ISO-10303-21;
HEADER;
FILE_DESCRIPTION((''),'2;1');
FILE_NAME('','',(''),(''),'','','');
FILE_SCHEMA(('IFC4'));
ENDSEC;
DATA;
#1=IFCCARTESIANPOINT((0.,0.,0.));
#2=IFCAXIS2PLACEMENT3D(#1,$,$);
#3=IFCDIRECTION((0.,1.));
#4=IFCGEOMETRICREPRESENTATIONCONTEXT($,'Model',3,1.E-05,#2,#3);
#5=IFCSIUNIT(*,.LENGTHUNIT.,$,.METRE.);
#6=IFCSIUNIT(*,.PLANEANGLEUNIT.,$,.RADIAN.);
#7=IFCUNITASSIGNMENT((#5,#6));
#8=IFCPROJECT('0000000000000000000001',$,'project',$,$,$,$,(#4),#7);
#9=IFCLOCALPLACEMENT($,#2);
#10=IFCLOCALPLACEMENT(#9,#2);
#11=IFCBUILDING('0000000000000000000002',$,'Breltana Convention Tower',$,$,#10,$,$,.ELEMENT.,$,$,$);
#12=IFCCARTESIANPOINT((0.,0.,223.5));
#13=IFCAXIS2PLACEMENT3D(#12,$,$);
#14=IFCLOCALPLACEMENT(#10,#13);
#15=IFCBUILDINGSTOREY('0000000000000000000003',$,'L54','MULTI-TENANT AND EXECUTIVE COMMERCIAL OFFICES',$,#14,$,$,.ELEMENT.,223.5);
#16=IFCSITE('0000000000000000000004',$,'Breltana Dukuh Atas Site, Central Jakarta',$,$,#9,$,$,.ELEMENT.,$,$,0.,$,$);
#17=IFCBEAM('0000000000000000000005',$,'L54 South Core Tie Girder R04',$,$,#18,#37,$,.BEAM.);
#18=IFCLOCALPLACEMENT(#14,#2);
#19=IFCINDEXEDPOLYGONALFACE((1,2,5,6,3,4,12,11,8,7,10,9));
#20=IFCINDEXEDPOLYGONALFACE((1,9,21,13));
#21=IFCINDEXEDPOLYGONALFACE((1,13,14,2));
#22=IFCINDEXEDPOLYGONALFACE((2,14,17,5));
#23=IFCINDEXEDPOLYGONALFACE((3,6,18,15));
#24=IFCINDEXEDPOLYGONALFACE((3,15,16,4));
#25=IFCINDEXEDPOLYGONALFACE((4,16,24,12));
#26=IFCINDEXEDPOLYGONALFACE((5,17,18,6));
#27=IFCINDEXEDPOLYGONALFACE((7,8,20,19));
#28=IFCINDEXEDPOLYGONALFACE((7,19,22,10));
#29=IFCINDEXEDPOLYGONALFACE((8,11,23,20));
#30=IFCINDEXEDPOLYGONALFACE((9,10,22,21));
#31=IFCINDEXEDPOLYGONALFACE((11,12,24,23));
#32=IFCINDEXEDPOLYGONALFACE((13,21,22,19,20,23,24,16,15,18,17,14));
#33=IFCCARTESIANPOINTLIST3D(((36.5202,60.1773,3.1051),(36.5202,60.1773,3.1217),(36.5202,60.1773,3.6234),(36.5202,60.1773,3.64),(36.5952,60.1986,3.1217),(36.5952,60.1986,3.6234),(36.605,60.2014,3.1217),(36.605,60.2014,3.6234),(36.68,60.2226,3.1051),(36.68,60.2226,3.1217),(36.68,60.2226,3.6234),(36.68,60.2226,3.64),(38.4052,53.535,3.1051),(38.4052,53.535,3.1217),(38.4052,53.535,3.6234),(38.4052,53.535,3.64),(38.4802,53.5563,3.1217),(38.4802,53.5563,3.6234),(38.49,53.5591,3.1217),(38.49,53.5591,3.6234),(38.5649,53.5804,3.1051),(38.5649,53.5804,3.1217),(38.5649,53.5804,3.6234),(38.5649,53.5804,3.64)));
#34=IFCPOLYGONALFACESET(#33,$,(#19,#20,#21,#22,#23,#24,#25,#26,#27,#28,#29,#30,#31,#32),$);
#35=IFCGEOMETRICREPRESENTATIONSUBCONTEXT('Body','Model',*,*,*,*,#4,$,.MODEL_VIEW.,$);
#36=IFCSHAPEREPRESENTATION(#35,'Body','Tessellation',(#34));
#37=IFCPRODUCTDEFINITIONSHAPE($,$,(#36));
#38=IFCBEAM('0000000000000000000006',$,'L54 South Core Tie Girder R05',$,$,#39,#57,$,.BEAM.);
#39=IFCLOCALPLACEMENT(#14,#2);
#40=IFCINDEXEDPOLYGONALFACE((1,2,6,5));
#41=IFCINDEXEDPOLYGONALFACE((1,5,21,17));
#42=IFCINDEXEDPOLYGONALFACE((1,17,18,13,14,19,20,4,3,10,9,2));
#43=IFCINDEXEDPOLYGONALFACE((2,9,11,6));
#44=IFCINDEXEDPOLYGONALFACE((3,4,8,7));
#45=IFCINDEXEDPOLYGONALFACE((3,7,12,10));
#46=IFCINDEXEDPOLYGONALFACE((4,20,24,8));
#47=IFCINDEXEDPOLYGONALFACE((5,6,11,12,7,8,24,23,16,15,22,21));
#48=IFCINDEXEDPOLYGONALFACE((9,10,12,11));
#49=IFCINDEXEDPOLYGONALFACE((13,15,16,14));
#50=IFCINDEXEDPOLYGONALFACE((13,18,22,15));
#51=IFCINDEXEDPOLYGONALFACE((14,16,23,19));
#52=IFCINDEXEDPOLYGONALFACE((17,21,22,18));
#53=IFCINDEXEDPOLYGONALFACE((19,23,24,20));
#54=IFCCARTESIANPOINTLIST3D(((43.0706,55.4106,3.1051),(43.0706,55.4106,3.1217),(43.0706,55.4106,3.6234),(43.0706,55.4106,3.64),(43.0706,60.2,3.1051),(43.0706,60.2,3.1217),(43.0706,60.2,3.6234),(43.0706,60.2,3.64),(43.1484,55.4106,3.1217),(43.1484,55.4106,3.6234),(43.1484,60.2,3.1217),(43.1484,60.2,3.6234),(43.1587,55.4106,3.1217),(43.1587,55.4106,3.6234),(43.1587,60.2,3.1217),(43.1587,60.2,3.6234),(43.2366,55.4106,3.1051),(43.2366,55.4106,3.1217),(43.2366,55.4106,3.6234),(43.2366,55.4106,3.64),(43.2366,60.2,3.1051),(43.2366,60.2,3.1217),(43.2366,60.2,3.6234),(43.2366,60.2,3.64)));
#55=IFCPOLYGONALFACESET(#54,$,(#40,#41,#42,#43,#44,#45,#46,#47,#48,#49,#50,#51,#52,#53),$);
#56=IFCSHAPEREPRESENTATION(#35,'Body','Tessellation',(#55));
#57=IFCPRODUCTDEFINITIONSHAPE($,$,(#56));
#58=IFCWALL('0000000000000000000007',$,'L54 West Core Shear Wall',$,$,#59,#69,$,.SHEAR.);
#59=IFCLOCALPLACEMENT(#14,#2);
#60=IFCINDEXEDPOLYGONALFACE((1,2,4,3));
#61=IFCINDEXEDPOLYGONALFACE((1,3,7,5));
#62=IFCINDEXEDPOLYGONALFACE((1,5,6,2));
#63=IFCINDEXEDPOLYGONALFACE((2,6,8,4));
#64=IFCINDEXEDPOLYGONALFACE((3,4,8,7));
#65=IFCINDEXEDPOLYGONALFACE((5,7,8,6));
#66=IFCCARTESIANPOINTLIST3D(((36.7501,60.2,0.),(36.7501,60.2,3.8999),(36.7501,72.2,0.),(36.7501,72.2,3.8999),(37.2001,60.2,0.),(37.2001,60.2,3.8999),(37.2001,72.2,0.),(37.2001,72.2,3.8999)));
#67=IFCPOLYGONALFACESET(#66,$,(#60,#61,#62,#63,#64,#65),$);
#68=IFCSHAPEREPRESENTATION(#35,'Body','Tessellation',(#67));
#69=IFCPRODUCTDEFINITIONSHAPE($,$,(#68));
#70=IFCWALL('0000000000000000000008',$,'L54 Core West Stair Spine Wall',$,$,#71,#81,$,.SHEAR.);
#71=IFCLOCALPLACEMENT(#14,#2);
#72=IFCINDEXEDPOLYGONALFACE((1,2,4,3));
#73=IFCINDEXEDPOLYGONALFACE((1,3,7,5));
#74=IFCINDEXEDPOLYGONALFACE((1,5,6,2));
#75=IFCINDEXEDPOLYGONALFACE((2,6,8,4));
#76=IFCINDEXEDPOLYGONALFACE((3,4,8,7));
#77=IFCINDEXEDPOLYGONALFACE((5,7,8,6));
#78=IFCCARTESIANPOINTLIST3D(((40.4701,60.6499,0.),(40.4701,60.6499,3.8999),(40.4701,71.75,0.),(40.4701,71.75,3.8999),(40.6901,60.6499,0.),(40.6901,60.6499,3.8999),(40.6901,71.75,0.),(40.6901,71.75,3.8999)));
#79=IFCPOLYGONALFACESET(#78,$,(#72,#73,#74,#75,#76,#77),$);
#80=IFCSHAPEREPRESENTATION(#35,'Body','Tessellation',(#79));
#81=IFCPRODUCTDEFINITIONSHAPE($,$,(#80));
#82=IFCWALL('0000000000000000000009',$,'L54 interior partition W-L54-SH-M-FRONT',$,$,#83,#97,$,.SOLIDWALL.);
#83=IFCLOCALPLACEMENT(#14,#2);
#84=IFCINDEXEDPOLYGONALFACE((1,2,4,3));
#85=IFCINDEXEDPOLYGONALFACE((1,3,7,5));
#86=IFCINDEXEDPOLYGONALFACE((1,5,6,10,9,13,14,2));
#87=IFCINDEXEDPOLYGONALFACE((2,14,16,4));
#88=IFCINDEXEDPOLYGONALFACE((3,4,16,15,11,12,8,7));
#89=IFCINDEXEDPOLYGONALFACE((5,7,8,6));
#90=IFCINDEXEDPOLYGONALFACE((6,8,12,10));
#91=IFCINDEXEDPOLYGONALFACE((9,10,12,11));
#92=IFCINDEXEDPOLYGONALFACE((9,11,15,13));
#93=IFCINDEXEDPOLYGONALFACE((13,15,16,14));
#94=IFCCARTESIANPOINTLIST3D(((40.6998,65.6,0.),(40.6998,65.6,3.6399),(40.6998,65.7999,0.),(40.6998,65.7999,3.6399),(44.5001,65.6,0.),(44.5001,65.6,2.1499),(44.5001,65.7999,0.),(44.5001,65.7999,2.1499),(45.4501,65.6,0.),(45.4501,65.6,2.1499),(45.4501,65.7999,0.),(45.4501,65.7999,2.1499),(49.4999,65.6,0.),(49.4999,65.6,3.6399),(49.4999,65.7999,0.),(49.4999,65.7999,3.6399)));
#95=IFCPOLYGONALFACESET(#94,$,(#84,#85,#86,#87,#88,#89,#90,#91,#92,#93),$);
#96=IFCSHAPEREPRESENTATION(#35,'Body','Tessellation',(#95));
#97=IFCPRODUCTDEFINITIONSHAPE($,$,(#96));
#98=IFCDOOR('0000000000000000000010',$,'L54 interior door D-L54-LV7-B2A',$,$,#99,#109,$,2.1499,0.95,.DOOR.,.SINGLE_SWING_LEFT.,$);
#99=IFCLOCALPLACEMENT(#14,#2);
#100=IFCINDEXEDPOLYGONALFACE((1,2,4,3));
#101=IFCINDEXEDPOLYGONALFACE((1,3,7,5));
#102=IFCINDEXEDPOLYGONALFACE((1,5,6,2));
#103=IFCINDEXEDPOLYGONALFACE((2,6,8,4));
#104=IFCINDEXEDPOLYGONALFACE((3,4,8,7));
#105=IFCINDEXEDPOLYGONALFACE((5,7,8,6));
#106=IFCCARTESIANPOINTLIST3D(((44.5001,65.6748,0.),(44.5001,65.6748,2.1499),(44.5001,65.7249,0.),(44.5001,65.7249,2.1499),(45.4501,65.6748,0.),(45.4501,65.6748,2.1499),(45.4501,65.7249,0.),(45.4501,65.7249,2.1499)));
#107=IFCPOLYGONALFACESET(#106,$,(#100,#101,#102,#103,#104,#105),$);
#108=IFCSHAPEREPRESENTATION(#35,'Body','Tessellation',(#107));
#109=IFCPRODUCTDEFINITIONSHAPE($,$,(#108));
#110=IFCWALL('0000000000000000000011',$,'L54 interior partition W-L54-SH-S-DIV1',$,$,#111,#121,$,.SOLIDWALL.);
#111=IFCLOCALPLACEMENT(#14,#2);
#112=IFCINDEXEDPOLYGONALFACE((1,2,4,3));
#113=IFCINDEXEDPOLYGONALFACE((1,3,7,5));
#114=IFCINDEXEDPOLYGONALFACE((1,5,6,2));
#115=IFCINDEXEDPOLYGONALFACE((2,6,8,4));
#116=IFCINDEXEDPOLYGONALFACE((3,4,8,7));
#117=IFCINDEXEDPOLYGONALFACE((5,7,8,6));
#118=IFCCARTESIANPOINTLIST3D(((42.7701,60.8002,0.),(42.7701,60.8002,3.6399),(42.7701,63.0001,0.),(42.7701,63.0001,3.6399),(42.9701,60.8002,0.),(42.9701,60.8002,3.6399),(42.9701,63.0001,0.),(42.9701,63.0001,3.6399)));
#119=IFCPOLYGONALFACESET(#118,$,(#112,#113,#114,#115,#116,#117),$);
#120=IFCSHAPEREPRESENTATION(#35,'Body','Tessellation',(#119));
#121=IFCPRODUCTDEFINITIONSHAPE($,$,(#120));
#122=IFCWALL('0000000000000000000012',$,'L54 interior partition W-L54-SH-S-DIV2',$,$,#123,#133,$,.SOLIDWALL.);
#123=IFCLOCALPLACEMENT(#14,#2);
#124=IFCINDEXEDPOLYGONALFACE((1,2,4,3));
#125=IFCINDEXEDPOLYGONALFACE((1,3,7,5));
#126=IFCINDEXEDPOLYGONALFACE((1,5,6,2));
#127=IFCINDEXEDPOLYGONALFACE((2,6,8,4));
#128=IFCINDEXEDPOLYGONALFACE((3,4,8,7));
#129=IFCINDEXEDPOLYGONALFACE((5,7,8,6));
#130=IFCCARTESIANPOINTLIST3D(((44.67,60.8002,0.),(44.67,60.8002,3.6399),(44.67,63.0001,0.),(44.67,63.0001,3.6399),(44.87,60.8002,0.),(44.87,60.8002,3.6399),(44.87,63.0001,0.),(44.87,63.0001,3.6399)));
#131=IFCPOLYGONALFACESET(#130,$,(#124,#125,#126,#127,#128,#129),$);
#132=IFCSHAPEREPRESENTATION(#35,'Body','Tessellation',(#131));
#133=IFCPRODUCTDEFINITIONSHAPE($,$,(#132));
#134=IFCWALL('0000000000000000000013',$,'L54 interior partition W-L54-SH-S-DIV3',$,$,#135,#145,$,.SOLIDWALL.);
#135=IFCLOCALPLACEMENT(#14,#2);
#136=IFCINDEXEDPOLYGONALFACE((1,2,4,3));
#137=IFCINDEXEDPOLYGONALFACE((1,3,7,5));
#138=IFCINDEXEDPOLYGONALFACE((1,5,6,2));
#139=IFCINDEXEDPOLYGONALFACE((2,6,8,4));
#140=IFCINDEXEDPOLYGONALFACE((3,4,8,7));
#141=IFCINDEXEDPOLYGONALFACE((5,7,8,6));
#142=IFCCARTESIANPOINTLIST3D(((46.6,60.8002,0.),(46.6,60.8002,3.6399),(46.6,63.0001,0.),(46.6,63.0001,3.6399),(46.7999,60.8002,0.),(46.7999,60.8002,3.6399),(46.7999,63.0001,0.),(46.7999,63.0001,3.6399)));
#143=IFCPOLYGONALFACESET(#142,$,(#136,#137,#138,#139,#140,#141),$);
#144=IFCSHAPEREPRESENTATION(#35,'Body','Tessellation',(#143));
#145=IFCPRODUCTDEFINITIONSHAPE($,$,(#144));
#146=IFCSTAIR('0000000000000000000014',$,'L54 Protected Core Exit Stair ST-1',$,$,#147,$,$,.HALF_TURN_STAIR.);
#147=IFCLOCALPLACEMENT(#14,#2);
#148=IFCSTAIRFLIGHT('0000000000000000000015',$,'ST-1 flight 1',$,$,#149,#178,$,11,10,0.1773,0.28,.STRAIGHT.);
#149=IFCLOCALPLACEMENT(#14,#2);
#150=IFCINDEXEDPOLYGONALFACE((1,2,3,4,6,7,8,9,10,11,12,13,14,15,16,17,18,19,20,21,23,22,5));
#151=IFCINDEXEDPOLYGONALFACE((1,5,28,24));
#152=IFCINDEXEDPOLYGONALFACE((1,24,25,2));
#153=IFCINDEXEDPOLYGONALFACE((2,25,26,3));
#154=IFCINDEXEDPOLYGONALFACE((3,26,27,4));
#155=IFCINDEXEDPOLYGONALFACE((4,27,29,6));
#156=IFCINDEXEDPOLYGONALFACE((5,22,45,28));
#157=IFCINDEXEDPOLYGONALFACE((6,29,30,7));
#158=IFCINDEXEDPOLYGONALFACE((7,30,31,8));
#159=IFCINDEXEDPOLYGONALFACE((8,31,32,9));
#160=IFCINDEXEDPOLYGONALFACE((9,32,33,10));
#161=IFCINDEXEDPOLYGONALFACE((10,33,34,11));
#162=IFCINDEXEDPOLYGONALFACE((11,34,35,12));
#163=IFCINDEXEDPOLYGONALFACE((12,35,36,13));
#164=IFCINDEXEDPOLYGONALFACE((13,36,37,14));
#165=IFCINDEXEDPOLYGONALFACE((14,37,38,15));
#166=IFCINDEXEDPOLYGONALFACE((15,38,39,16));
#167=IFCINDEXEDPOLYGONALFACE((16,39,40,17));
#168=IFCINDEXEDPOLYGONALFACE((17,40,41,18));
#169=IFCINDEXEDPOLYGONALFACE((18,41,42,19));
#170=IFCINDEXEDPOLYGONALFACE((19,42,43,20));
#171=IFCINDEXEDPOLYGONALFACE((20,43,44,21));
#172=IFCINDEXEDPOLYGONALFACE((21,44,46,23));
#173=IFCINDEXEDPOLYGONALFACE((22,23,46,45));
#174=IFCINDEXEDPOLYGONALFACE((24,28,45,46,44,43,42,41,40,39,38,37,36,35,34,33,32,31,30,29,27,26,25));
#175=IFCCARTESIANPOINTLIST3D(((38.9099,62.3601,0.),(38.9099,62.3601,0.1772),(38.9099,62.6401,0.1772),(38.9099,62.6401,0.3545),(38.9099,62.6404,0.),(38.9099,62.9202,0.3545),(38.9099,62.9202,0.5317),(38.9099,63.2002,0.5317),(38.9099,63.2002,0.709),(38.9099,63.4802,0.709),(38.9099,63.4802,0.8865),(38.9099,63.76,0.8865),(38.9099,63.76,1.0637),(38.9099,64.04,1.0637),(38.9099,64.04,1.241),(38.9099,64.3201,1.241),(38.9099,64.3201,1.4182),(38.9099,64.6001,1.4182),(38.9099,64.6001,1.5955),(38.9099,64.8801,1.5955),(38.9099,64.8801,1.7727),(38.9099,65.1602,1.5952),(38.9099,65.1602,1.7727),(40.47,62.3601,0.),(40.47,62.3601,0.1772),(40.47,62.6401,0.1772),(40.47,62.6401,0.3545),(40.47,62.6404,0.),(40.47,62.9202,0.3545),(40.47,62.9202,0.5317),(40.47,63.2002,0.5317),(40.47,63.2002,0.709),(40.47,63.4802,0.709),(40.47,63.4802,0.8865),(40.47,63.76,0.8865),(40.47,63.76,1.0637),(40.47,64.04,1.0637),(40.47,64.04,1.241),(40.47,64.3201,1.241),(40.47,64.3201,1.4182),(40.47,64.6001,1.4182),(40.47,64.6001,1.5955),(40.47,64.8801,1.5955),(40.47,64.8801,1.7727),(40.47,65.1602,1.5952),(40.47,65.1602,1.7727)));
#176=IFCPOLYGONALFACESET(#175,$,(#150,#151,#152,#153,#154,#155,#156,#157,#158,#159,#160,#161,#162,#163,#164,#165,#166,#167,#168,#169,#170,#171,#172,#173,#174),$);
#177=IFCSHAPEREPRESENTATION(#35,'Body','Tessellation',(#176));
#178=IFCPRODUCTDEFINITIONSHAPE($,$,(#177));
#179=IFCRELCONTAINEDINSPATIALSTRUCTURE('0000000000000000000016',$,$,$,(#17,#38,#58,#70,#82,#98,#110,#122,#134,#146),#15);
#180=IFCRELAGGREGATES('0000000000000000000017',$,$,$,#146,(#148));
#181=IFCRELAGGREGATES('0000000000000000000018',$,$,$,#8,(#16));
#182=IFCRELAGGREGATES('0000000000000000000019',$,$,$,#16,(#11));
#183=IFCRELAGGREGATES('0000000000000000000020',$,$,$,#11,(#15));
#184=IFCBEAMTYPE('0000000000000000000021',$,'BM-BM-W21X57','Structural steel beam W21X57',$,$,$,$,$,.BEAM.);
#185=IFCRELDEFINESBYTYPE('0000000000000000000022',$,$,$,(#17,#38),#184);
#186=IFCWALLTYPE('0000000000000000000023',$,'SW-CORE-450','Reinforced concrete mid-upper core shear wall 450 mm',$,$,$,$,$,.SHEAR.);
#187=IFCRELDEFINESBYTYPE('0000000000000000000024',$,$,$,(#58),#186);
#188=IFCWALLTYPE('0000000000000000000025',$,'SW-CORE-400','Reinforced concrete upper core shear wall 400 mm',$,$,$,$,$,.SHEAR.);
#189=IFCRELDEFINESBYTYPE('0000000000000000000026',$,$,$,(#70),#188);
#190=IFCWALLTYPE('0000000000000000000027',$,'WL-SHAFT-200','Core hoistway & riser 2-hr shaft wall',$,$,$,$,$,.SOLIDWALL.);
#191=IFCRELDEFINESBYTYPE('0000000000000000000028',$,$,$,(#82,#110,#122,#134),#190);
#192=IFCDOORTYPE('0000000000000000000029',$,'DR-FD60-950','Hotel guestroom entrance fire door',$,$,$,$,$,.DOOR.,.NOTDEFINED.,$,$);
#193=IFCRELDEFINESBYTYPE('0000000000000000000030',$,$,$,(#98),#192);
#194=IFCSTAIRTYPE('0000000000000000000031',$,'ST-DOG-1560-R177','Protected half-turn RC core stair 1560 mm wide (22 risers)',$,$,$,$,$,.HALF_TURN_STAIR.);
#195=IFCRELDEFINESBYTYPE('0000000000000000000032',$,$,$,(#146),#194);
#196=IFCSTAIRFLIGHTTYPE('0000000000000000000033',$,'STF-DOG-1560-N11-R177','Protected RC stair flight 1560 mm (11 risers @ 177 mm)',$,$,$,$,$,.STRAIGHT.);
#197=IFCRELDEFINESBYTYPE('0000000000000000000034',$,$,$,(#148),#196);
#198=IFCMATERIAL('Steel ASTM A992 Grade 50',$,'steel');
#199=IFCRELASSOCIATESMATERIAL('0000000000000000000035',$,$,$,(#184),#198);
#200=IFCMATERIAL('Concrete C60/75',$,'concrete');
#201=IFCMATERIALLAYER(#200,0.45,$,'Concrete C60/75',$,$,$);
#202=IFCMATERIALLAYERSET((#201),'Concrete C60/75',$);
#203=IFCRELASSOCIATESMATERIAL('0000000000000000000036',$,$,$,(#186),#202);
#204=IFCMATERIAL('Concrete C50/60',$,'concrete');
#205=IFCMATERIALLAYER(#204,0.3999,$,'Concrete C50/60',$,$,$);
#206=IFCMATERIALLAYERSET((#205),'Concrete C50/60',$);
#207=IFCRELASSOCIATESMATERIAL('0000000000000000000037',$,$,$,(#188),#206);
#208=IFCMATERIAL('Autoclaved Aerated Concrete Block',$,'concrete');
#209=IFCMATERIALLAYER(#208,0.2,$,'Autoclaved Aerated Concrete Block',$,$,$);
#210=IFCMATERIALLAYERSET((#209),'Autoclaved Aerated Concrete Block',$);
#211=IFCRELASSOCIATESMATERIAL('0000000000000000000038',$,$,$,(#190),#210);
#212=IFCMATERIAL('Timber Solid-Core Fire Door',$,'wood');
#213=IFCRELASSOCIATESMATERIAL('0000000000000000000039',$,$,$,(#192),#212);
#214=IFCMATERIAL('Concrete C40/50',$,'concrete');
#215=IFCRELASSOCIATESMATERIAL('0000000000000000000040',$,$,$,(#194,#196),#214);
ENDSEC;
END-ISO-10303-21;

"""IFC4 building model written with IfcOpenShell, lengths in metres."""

from ifc_helpers import new_model, si_unit, direction, frame, frame_2d, origin, origin_2d, place, context, subcontext, project, spatial, polyline, rectangle, i_section, outline, extrude, source, transform, mapped, material, layer, layer_set, material_profile, profile_set, type_object, type_shapes, element, fill, aggregate, save


model = new_model("IFC4")

# Units and contexts
model_context = context("Model", 3, precision=1e-05, world=origin(), true_north=direction((0.0, 1.0)))
body_context = subcontext(model_context, "Body", "Model", "MODEL_VIEW")
ifc_project = project(units=[si_unit("LENGTHUNIT", "METRE"), si_unit("PLANEANGLEUNIT", "RADIAN")], contexts=[model_context])

# Site, building, storey
site_placement = place(None, origin())
site = spatial("IfcSite", under=ifc_project, at=site_placement, Name="Breltana Dukuh Atas Site, Central Jakarta", CompositionType="ELEMENT", RefElevation=0.0)
building_placement = place(site_placement, origin())
building = spatial("IfcBuilding", under=site, at=building_placement, Name="Breltana Convention Tower", CompositionType="ELEMENT")
storey_placement = place(building_placement, frame((0.0, 0.0, 223.5)))
storey = spatial("IfcBuildingStorey", under=building, at=storey_placement, Name="L54", Description="MULTI-TENANT AND EXECUTIVE COMMERCIAL OFFICES", CompositionType="ELEMENT", Elevation=223.5)

# Beams
ifc_material_1 = material(Name="Steel ASTM A992 Grade 50", Category="steel")
ifc_material_profile = material_profile(ifc_material_1, i_section(OverallWidth=0.166, OverallDepth=0.5349, WebThickness=0.0103, FlangeThickness=0.0166, at=origin_2d()), Name="W21X57")
ifc_profile_set = profile_set([ifc_material_profile], Name="Steel ASTM A992 Grade 50")
beam_type = type_object("IfcBeamType", Name="BM-BM-W21X57", Description="Structural steel beam W21X57", PredefinedType="BEAM", material=ifc_profile_set)
shared_shape_1 = source(origin(), body_context, "Body", "SweptSolid", [
    extrude(i_section(OverallWidth=0.166, OverallDepth=0.5349, WebThickness=0.0103, FlangeThickness=0.0166, at=origin_2d()), origin(), (0.0, 0.0, 1.0), 6.9045),
])
type_shapes(beam_type, [shared_shape_1])
beam_1_placement = place(storey_placement, frame((36.6001, 60.2, 3.3726), z_axis=(0.273007, -0.962012, 0.0), x_axis=(0.962012, 0.273007, 0.0)))
element("IfcBeam", 1, at=beam_1_placement, inside=storey, type_object=beam_type, Name="L54 South Core Tie Girder R04", PredefinedType="BEAM", context=body_context, shape_type="MappedRepresentation", body=[
    mapped(shared_shape_1, transform((0.0, 0.0, 0.0), scale=1.0)),
])
shared_shape_2 = source(origin(), body_context, "Body", "SweptSolid", [
    extrude(i_section(OverallWidth=0.166, OverallDepth=0.5349, WebThickness=0.0103, FlangeThickness=0.0166, at=origin_2d()), origin(), (0.0, 0.0, 1.0), 4.7893),
])
beam_2_placement = place(storey_placement, frame((43.1536, 60.2, 3.3726), z_axis=(0.0, -1.0, 0.0), x_axis=(1.0, 0.0, 0.0)))
element("IfcBeam", 2, at=beam_2_placement, inside=storey, type_object=beam_type, Name="L54 South Core Tie Girder R05", PredefinedType="BEAM", context=body_context, shape_type="MappedRepresentation", body=[
    mapped(shared_shape_2, transform((0.0, 0.0, 0.0), scale=1.0)),
])

# Wall
ifc_material_2 = material(Name="Concrete C60/75", Category="concrete")
ifc_layer_1 = layer(ifc_material_2, 0.45, Name="Concrete C60/75")
ifc_layer_set_1 = layer_set([ifc_layer_1], Name="Concrete C60/75")
wall_type_1 = type_object("IfcWallType", Name="SW-CORE-450", Description="Reinforced concrete mid-upper core shear wall 450 mm", PredefinedType="SHEAR", material=ifc_layer_set_1)
shared_shape_3 = source(origin(), body_context, "Body", "SweptSolid", [
    extrude(rectangle(XDim=12.0, YDim=0.45, at=frame_2d((6.0, 0.0))), origin(), (0.0, 0.0, 1.0), 3.8999),
])
wall_1_placement = place(storey_placement, frame((36.9751, 60.2, 0.0), z_axis=(0.0, 0.0, 1.0), x_axis=(0.0, 1.0, 0.0)))
element("IfcWall", 3, at=wall_1_placement, inside=storey, type_object=wall_type_1, Name="L54 West Core Shear Wall", PredefinedType="SHEAR", context=body_context, shape_type="MappedRepresentation", body=[
    mapped(shared_shape_3, transform((0.0, 0.0, 0.0), scale=1.0)),
])

# Wall
ifc_material_3 = material(Name="Concrete C50/60", Category="concrete")
ifc_layer_2 = layer(ifc_material_3, 0.3999, Name="Concrete C50/60")
ifc_layer_set_2 = layer_set([ifc_layer_2], Name="Concrete C50/60")
wall_type_2 = type_object("IfcWallType", Name="SW-CORE-400", Description="Reinforced concrete upper core shear wall 400 mm", PredefinedType="SHEAR", material=ifc_layer_set_2)
shared_shape_4 = source(origin(), body_context, "Body", "SweptSolid", [
    extrude(rectangle(XDim=11.1001, YDim=0.22, at=frame_2d((5.55, 0.0))), origin(), (0.0, 0.0, 1.0), 3.8999),
])
wall_2_placement = place(storey_placement, frame((40.5801, 60.6499, 0.0), z_axis=(0.0, 0.0, 1.0), x_axis=(0.0, 1.0, 0.0)))
element("IfcWall", 4, at=wall_2_placement, inside=storey, type_object=wall_type_2, Name="L54 Core West Stair Spine Wall", PredefinedType="SHEAR", context=body_context, shape_type="MappedRepresentation", body=[
    mapped(shared_shape_4, transform((0.0, 0.0, 0.0), scale=1.0)),
])

# Wall, opening, door
ifc_material_4 = material(Name="Autoclaved Aerated Concrete Block", Category="concrete")
ifc_layer_3 = layer(ifc_material_4, 0.2, Name="Autoclaved Aerated Concrete Block")
ifc_layer_set_3 = layer_set([ifc_layer_3], Name="Autoclaved Aerated Concrete Block")
wall_type_3 = type_object("IfcWallType", Name="WL-SHAFT-200", Description="Core hoistway & riser 2-hr shaft wall", PredefinedType="SOLIDWALL", material=ifc_layer_set_3)
shared_shape_5 = source(origin(), body_context, "Body", "SweptSolid", [
    extrude(rectangle(XDim=8.8, YDim=0.2, at=frame_2d((4.3999, 0.0))), origin(), (0.0, 0.0, 1.0), 3.6399),
])
wall_3_placement = place(storey_placement, frame((40.7, 65.7, 0.0), z_axis=(0.0, 0.0, 1.0), x_axis=(1.0, 0.0, 0.0)))
wall_3 = element("IfcWall", 5, at=wall_3_placement, inside=storey, type_object=wall_type_3, Name="L54 interior partition W-L54-SH-M-FRONT", PredefinedType="SOLIDWALL", context=body_context, shape_type="MappedRepresentation", body=[
    mapped(shared_shape_5, transform((0.0, 0.0, 0.0), scale=1.0)),
])
opening_1_placement = place(wall_3_placement, frame((3.8, 0.0, 0.0)))
opening_1 = element("IfcOpeningElement", 6, at=opening_1_placement, cuts=wall_3, PredefinedType="OPENING", context=body_context, shape_type="SweptSolid", body=[
    extrude(rectangle(XDim=0.95, YDim=2.1499, at=frame_2d((0.4751, 1.075))), frame((0.0, 0.1099, 0.0), z_axis=(0.0, -1.0, 0.0), x_axis=(1.0, 0.0, 0.0)), (0.0, 0.0, 1.0), 0.22),
])
ifc_material_5 = material(Name="Timber Solid-Core Fire Door", Category="wood")
door_type_1 = type_object("IfcDoorType", Name="DR-FD60-950", Description="Hotel guestroom entrance fire door", OperationType="NOTDEFINED", PredefinedType="DOOR", material=ifc_material_5)
shared_shape_6 = source(origin(), body_context, "Body", "SweptSolid", [
    extrude(rectangle(XDim=0.95, YDim=2.1499, at=frame_2d((0.4751, 1.075))), frame((0.0, 0.0249, 0.0), z_axis=(0.0, -1.0, 0.0), x_axis=(1.0, 0.0, 0.0)), (0.0, 0.0, 1.0), 0.05),
])
type_shapes(door_type_1, [shared_shape_6])
door_1_placement = place(opening_1_placement, origin())
door_1 = element("IfcDoor", 7, at=door_1_placement, inside=storey, type_object=door_type_1, Name="L54 interior door D-L54-LV7-B2A", OperationType="SINGLE_SWING_LEFT", OverallHeight=2.1499, OverallWidth=0.95, PredefinedType="DOOR", context=body_context, shape_type="MappedRepresentation", body=[
    mapped(shared_shape_6, transform((0.0, 0.0, 0.0), scale=1.0)),
])
fill(opening_1, door_1)

# Walls
shared_shape_7 = source(origin(), body_context, "Body", "SweptSolid", [
    extrude(rectangle(XDim=2.2, YDim=0.2, at=frame_2d((1.1001, 0.0))), origin(), (0.0, 0.0, 1.0), 3.6399),
])
for number, where, z_axis, x_axis, name in (
    (8, (42.8701, 60.8, 0.0), (0.0, 0.0, 1.0), (0.0, 1.0, 0.0), "L54 interior partition W-L54-SH-S-DIV1"),
    (9, (44.77, 60.8, 0.0), (0.0, 0.0, 1.0), (0.0, 1.0, 0.0), "L54 interior partition W-L54-SH-S-DIV2"),
    (10, (46.7, 60.8, 0.0), (0.0, 0.0, 1.0), (0.0, 1.0, 0.0), "L54 interior partition W-L54-SH-S-DIV3"),
):
    element("IfcWall", number, at=place(storey_placement, frame(where, z_axis=z_axis, x_axis=x_axis)), inside=storey, type_object=wall_type_3, Name=name, PredefinedType="SOLIDWALL", context=body_context, shape_type="MappedRepresentation", body=[
        mapped(shared_shape_7, transform((0.0, 0.0, 0.0), scale=1.0)),
    ])

# Stair, stair flight
ifc_material_6 = material(Name="Concrete C40/50", Category="concrete")
stair_type = type_object("IfcStairType", Name="ST-DOG-1560-R177", Description="Protected half-turn RC core stair 1560 mm wide (22 risers)", PredefinedType="HALF_TURN_STAIR", material=ifc_material_6)
stair_placement = place(storey_placement, origin())
stair = element("IfcStair", 11, at=stair_placement, inside=storey, type_object=stair_type, Name="L54 Protected Core Exit Stair ST-1", PredefinedType="HALF_TURN_STAIR")
stair_flight_type = type_object("IfcStairFlightType", Name="STF-DOG-1560-N11-R177", Description="Protected RC stair flight 1560 mm (11 risers @ 177 mm)", PredefinedType="STRAIGHT", material=ifc_material_6)
stair_flight_1_placement = place(storey_placement, frame((39.6899, 62.3601, 0.0), z_axis=(0.0, 0.0, 1.0), x_axis=(0.0, 1.0, 0.0)))
stair_flight_1 = element("IfcStairFlight", 12, at=stair_flight_1_placement, type_object=stair_flight_type, Name="ST-1 flight 1", NumberOfRisers=11, NumberOfTreads=10, PredefinedType="STRAIGHT", RiserHeight=0.1773, TreadLength=0.28, context=body_context, shape_type="SweptSolid", body=[
    extrude(outline(polyline([(0.0, 0.0), (0.0, 0.1772), (0.28, 0.1772), (0.28, 0.3545), (0.5601, 0.3545), (0.5601, 0.5317), (0.8401, 0.5317), (0.8401, 0.709), (1.1201, 0.709), (1.1201, 0.8865), (1.3999, 0.8865), (1.3999, 1.0637), (1.6799, 1.0637), (1.6799, 1.241), (1.96, 1.241), (1.96, 1.4182), (2.24, 1.4182), (2.24, 1.5955), (2.52, 1.5955), (2.52, 1.7727), (2.8, 1.7727), (2.8, 1.95), (2.8, 1.5952), (0.2803, 0.0), (0.0, 0.0)])), frame((0.0, 0.78, 0.0), z_axis=(0.0, -1.0, 0.0), x_axis=(1.0, 0.0, 0.0)), (0.0, 0.0, 1.0), 1.5601),
])
aggregate(stair, [stair_flight_1])

save(model, "model.ifc")
